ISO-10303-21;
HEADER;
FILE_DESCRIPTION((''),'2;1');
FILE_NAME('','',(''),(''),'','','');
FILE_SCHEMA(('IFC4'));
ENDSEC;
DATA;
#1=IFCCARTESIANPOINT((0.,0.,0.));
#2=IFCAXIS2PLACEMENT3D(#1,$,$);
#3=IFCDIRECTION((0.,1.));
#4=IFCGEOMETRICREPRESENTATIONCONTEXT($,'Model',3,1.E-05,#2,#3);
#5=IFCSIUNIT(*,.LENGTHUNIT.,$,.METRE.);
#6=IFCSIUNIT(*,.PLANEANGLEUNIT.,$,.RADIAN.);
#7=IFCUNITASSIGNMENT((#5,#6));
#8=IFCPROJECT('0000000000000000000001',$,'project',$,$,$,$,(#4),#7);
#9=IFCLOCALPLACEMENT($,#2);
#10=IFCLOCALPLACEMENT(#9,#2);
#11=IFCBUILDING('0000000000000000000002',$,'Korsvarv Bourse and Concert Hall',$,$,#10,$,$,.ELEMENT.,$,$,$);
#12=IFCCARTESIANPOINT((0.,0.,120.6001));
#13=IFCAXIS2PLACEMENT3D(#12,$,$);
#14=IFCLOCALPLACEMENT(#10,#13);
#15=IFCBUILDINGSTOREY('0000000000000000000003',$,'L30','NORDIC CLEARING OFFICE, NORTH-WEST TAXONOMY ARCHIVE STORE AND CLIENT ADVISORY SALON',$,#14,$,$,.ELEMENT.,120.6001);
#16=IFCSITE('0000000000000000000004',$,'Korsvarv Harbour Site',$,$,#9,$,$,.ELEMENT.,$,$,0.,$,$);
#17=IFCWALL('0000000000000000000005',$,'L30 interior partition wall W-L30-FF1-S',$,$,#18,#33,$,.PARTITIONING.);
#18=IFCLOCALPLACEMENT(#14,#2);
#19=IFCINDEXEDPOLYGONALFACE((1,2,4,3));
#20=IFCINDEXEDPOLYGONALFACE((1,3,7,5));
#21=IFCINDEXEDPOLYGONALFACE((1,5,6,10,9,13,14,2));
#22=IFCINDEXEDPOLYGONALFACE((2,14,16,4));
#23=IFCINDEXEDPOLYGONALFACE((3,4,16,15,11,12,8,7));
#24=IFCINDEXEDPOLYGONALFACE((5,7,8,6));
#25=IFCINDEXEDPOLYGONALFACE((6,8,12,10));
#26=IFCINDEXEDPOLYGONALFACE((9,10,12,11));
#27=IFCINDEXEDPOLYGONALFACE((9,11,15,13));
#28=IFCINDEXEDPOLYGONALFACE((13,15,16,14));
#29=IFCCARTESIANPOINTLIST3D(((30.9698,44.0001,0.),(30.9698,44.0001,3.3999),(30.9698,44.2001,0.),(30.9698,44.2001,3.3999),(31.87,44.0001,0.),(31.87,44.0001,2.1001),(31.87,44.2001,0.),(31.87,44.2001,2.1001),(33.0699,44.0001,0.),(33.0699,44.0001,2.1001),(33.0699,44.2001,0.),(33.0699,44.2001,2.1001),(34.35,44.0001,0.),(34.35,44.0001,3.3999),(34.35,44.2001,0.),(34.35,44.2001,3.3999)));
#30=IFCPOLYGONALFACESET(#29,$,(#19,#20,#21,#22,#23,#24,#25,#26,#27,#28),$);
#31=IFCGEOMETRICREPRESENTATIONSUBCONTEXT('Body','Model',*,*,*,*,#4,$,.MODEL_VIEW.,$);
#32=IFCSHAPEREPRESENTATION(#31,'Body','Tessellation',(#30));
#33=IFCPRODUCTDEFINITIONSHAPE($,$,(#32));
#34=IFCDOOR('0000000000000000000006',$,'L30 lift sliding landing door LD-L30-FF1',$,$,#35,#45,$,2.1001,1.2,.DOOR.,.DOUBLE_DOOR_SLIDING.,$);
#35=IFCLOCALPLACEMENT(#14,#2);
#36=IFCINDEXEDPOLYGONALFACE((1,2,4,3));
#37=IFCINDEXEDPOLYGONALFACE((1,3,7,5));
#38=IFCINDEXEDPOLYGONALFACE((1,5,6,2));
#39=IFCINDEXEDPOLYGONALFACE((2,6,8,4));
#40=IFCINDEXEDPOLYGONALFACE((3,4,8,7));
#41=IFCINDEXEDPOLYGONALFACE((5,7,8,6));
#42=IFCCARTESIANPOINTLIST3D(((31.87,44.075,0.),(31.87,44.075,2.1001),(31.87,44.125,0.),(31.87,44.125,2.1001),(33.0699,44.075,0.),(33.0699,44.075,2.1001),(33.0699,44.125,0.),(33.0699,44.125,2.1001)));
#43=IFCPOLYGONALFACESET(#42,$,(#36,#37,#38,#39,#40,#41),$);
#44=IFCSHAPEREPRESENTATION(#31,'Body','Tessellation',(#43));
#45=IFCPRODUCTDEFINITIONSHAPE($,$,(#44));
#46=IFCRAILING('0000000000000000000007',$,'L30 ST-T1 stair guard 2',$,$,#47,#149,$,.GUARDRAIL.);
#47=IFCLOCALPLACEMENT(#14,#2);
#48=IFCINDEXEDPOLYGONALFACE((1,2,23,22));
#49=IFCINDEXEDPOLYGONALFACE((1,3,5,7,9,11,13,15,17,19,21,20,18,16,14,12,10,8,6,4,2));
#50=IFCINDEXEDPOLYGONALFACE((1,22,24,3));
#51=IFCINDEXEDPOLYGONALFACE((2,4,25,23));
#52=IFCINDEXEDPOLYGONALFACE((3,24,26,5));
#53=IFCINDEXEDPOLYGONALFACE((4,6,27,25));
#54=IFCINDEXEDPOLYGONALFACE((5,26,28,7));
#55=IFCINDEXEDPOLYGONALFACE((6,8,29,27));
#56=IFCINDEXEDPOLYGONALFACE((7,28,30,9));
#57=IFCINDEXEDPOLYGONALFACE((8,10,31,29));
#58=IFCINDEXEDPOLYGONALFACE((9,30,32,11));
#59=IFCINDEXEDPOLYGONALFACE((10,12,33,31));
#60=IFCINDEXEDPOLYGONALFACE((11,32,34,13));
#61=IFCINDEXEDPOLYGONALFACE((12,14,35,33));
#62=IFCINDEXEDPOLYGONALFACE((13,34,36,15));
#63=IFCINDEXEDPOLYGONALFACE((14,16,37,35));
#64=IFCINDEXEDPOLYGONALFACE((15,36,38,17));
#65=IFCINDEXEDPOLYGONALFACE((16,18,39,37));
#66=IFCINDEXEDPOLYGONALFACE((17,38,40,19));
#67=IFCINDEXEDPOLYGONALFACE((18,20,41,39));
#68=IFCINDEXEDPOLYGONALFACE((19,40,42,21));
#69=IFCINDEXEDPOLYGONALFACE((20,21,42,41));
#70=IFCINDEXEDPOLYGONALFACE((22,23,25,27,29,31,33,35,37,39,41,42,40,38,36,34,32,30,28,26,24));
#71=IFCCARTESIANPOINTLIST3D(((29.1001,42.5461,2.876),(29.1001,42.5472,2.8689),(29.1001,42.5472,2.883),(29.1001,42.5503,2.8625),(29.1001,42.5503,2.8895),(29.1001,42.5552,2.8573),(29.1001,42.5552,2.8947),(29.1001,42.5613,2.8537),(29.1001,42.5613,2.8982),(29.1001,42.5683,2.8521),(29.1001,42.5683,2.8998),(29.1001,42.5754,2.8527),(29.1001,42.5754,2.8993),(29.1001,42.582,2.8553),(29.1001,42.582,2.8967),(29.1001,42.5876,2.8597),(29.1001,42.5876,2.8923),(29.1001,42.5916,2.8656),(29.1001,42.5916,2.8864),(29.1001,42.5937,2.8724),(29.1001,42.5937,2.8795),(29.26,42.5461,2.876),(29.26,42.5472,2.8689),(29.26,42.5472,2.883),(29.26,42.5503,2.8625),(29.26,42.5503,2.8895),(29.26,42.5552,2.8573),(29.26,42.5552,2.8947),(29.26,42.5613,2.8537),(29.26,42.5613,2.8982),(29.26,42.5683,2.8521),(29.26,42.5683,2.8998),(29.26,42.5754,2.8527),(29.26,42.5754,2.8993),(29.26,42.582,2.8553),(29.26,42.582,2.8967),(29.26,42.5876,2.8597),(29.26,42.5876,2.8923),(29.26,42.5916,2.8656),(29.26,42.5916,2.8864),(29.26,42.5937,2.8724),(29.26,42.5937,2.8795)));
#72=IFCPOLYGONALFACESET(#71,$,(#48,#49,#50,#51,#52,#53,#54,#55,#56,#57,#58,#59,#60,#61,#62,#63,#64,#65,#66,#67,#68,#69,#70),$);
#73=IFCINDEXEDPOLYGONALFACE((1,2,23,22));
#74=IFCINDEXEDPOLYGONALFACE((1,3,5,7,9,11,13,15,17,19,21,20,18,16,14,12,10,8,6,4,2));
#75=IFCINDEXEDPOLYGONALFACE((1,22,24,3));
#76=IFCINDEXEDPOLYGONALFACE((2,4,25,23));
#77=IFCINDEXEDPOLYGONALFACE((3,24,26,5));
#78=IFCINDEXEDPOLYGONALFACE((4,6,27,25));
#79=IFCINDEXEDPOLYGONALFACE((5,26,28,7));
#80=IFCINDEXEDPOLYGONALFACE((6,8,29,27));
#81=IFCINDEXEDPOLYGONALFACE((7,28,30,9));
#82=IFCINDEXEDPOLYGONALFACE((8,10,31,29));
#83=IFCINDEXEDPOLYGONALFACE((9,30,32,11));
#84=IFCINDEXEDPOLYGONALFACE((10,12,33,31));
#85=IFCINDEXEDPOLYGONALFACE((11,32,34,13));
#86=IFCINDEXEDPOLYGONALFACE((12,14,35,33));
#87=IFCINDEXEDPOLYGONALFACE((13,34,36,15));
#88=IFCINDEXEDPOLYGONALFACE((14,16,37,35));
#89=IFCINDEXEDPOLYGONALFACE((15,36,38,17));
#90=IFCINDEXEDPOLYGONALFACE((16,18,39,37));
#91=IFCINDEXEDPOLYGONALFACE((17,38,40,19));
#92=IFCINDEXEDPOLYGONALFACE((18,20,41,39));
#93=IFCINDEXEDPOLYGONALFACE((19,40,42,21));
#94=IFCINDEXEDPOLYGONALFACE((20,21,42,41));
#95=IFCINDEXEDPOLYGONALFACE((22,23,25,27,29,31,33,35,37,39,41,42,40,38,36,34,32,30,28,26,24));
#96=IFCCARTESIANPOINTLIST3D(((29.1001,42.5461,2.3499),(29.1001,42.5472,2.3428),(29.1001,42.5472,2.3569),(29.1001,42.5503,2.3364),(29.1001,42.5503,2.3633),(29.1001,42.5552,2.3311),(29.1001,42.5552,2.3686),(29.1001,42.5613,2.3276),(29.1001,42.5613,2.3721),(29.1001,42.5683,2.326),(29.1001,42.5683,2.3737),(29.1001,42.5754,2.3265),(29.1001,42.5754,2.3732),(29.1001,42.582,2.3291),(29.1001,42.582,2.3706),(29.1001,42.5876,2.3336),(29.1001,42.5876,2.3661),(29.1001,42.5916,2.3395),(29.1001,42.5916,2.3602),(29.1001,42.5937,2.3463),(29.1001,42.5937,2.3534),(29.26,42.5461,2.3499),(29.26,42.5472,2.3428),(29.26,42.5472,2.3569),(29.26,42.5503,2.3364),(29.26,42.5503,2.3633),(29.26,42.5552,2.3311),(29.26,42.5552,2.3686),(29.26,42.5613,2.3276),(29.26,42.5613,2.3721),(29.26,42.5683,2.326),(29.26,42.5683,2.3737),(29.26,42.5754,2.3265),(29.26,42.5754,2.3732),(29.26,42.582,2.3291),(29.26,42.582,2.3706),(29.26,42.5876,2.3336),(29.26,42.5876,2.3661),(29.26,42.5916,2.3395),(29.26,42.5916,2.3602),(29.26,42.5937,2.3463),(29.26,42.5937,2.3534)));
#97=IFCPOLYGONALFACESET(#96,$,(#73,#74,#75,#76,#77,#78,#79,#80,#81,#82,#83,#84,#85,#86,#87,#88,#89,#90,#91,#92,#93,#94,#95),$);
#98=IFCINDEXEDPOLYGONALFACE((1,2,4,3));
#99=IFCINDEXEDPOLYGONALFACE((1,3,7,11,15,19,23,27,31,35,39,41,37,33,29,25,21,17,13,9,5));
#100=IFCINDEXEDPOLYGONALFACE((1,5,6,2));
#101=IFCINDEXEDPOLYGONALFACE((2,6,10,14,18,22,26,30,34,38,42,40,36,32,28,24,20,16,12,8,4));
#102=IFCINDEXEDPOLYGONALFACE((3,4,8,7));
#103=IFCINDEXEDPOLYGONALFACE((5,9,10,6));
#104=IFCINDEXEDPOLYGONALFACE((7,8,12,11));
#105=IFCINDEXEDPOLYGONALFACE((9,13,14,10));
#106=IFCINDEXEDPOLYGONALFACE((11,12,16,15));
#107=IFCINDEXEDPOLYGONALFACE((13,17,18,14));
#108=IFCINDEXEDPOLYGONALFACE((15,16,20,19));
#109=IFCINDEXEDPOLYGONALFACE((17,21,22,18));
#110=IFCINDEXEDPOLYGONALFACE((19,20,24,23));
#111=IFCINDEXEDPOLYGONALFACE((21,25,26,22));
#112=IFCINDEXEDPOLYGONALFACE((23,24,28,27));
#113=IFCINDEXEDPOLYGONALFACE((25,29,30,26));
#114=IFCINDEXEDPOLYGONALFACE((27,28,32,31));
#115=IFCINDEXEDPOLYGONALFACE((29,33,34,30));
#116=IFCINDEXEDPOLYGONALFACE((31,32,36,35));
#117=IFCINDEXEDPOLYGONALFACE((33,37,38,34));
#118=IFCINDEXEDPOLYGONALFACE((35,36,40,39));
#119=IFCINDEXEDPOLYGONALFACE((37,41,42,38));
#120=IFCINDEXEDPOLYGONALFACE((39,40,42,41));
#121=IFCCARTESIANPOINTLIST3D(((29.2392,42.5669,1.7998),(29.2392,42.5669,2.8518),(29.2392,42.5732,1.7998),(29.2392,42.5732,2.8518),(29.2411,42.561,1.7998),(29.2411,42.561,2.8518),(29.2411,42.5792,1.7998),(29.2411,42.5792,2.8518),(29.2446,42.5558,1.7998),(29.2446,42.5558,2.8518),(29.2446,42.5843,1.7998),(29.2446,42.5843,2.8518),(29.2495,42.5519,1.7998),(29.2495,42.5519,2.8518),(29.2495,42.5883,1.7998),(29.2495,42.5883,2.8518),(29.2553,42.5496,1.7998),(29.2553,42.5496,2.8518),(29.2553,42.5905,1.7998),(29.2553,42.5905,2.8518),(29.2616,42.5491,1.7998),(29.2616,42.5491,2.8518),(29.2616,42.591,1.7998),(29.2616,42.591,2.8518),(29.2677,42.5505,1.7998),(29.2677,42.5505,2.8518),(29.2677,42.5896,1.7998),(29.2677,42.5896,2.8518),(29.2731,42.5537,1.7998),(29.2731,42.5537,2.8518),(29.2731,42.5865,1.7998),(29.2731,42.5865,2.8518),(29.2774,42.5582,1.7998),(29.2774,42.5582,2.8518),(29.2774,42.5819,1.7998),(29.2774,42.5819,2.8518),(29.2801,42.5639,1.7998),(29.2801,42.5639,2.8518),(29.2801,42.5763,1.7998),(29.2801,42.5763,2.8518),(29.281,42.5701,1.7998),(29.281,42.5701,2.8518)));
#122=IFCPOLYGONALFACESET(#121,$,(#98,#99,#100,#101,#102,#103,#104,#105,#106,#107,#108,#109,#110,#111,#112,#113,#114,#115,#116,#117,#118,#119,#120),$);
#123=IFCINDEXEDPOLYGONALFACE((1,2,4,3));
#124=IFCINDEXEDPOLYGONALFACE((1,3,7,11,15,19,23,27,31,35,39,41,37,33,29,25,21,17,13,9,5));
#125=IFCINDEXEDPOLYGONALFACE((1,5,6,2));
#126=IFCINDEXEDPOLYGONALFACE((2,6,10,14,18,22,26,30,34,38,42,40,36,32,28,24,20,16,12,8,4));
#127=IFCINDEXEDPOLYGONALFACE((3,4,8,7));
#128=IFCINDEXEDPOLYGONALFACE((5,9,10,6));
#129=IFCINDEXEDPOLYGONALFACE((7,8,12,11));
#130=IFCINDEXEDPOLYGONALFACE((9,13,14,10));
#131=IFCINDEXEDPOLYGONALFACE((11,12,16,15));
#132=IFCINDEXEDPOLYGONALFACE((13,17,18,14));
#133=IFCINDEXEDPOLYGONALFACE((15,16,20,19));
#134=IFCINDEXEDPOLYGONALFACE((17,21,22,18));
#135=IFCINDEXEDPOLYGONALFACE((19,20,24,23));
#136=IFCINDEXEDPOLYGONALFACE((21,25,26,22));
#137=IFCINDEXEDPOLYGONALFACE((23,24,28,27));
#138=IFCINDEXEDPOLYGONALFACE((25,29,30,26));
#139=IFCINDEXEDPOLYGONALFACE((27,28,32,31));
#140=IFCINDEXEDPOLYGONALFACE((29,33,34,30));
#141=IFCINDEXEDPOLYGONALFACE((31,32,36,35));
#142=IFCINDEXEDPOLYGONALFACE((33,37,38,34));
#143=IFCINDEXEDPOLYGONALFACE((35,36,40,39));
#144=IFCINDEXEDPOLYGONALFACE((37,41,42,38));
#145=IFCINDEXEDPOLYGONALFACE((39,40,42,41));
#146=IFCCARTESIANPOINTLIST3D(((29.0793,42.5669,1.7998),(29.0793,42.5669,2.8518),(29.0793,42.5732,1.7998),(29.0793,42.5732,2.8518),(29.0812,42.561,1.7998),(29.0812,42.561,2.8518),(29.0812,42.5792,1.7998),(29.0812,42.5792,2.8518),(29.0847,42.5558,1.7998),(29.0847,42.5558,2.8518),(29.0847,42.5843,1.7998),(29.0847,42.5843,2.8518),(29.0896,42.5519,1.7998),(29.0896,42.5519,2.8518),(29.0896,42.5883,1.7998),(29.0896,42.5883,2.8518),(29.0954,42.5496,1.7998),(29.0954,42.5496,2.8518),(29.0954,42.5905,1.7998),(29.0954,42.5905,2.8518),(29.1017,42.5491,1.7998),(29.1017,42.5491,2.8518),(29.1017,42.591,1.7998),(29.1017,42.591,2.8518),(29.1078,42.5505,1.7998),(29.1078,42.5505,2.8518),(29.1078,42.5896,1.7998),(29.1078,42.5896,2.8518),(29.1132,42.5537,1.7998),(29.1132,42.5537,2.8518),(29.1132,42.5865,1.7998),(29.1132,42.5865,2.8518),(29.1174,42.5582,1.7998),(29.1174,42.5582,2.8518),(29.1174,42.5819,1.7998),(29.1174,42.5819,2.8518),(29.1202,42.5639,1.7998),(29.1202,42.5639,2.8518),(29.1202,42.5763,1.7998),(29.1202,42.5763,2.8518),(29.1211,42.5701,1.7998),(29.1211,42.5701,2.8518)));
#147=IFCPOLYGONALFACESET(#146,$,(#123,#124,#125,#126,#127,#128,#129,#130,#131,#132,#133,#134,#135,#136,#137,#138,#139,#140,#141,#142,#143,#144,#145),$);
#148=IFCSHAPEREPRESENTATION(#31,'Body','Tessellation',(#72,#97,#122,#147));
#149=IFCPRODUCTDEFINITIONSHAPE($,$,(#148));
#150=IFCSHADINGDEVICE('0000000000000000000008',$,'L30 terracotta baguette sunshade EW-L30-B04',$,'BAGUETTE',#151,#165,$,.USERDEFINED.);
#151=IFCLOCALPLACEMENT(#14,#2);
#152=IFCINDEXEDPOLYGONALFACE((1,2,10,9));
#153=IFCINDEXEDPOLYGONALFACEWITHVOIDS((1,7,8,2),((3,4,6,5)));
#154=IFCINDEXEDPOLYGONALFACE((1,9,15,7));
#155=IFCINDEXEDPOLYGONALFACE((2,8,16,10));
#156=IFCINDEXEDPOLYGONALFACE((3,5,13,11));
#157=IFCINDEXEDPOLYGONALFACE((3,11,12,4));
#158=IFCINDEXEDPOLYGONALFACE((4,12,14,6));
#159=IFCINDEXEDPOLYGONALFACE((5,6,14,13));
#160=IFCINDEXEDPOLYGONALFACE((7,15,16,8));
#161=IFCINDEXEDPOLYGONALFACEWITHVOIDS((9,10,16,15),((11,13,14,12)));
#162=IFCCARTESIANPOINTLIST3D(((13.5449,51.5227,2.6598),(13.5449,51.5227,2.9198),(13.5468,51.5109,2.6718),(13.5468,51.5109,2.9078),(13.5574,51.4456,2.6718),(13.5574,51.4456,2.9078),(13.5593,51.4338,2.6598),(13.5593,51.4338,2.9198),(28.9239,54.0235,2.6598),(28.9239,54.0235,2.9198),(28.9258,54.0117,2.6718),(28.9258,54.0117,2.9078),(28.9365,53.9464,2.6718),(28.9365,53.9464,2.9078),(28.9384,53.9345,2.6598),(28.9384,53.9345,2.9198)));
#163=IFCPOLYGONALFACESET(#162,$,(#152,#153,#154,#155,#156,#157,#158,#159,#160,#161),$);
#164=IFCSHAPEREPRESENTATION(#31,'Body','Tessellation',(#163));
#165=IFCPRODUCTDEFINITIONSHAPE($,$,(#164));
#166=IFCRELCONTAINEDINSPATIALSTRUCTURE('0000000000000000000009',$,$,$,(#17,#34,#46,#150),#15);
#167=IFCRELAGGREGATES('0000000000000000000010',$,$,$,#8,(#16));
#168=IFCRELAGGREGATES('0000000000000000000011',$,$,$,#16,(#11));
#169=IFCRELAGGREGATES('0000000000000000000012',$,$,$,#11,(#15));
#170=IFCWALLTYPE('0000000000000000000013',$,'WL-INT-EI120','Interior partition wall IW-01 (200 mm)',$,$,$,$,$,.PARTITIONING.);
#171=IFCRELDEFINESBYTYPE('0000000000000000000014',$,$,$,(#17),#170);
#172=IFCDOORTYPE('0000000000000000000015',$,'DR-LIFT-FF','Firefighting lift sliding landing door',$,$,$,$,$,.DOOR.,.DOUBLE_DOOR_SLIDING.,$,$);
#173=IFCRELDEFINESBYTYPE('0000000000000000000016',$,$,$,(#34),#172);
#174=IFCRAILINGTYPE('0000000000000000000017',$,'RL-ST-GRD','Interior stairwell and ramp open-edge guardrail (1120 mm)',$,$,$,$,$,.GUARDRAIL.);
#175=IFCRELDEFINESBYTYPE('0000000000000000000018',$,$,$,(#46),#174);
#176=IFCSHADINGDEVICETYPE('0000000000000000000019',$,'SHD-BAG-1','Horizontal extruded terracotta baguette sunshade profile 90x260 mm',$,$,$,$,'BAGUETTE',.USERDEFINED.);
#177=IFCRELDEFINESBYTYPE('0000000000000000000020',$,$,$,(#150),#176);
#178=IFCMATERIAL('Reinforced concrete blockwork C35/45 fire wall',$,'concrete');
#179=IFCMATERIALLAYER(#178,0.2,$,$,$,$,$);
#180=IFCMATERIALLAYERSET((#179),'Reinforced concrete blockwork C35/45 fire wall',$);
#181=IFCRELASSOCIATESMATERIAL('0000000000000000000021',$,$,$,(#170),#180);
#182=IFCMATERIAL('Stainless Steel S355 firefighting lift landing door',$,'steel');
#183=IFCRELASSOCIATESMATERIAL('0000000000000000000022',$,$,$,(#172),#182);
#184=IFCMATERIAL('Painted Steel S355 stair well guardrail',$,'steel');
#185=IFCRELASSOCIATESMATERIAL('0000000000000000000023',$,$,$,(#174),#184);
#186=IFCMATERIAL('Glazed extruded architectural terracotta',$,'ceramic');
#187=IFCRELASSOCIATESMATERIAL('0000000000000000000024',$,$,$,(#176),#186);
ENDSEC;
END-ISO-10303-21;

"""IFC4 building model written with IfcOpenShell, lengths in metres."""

from ifc_helpers import new_model, si_unit, direction, frame, frame_2d, origin, origin_2d, place, context, subcontext, project, spatial, rectangle, hollow_rectangle, circle, extrude, source, transform, mapped, material, layer, layer_set, material_profile, profile_set, type_object, element, fill, save


model = new_model("IFC4")

# Units and contexts
model_context = context("Model", 3, precision=1e-05, world=origin(), true_north=direction((0.0, 1.0)))
body_context = subcontext(model_context, "Body", "Model", "MODEL_VIEW")
ifc_project = project(units=[si_unit("LENGTHUNIT", "METRE"), si_unit("PLANEANGLEUNIT", "RADIAN")], contexts=[model_context])

# Site, building, storey
site_placement = place(None, origin())
site = spatial("IfcSite", under=ifc_project, at=site_placement, Name="Korsvarv Harbour Site", CompositionType="ELEMENT", RefElevation=0.0)
building_placement = place(site_placement, origin())
building = spatial("IfcBuilding", under=site, at=building_placement, Name="Korsvarv Bourse and Concert Hall", CompositionType="ELEMENT")
storey_placement = place(building_placement, frame((0.0, 0.0, 120.6001)))
storey = spatial("IfcBuildingStorey", under=building, at=storey_placement, Name="L30", Description="NORDIC CLEARING OFFICE, NORTH-WEST TAXONOMY ARCHIVE STORE AND CLIENT ADVISORY SALON", CompositionType="ELEMENT", Elevation=120.6001)

# Wall, opening, door
ifc_material_1 = material(Name="Reinforced concrete blockwork C35/45 fire wall", Category="concrete")
ifc_layer_1 = layer(ifc_material_1, 0.2)
ifc_layer_set_1 = layer_set([ifc_layer_1], Name="Reinforced concrete blockwork C35/45 fire wall")
wall_type_1 = type_object("IfcWallType", Name="WL-INT-EI120", Description="Interior partition wall IW-01 (200 mm)", PredefinedType="PARTITIONING", material=ifc_layer_set_1)
wall_1_placement = place(storey_placement, frame((30.97, 44.1001, 0.0), z_axis=(0.0, 0.0, 1.0), x_axis=(1.0, 0.0, 0.0)))
wall_1 = element("IfcWall", 1, at=wall_1_placement, inside=storey, type_object=wall_type_1, Name="L30 interior partition wall W-L30-FF1-S", PredefinedType="PARTITIONING", context=body_context, shape_type="SweptSolid", body=[
    extrude(rectangle(XDim=3.3801, YDim=0.2, at=frame_2d((1.6899, 0.0))), origin(), (0.0, 0.0, 1.0), 3.3999),
])
opening_placement = place(wall_1_placement, frame((0.8999, 0.0, 0.0)))
opening = element("IfcOpeningElement", 2, at=opening_placement, cuts=wall_1, PredefinedType="OPENING", context=body_context, shape_type="SweptSolid", body=[
    extrude(rectangle(XDim=1.2, YDim=2.1001, at=frame_2d((0.6001, 1.05))), frame((0.0, 0.1099, 0.0), z_axis=(0.0, -1.0, 0.0), x_axis=(1.0, 0.0, 0.0)), (0.0, 0.0, 1.0), 0.22),
])
ifc_material_2 = material(Name="Stainless Steel S355 firefighting lift landing door", Category="steel")
door_type = type_object("IfcDoorType", Name="DR-LIFT-FF", Description="Firefighting lift sliding landing door", OperationType="DOUBLE_DOOR_SLIDING", PredefinedType="DOOR", material=ifc_material_2)
door_placement = place(opening_placement, origin())
door = element("IfcDoor", 3, at=door_placement, inside=storey, type_object=door_type, Name="L30 lift sliding landing door LD-L30-FF1", OperationType="DOUBLE_DOOR_SLIDING", OverallHeight=2.1001, OverallWidth=1.2, PredefinedType="DOOR", context=body_context, shape_type="SweptSolid", body=[
    extrude(rectangle(XDim=1.2, YDim=2.1001, at=frame_2d((0.6001, 1.05))), frame((0.0, 0.0249, 0.0), z_axis=(0.0, -1.0, 0.0), x_axis=(1.0, 0.0, 0.0)), (0.0, 0.0, 1.0), 0.05),
])
fill(opening, door)

# Railing
ifc_material_3 = material(Name="Painted Steel S355 stair well guardrail", Category="steel")
railing_type = type_object("IfcRailingType", Name="RL-ST-GRD", Description="Interior stairwell and ramp open-edge guardrail (1120 mm)", PredefinedType="GUARDRAIL", material=ifc_material_3)
railing_placement = place(storey_placement, frame((29.26, 42.5701, 1.7998)))
element("IfcRailing", 4, at=railing_placement, inside=storey, type_object=railing_type, Name="L30 ST-T1 stair guard 2", PredefinedType="GUARDRAIL", context=body_context, shape_type="SweptSolid", body=[
    extrude(circle(Radius=0.0239, at=origin_2d()), frame((0.0, 0.0, 1.0762), z_axis=(-1.0, 0.0, 0.0), x_axis=(0.0, -1.0, 0.0)), (0.0, 0.0, 1.0), 0.1599),
    extrude(circle(Radius=0.0239, at=origin_2d()), frame((0.0, 0.0, 0.55), z_axis=(-1.0, 0.0, 0.0), x_axis=(0.0, -1.0, 0.0)), (0.0, 0.0, 1.0), 0.1599),
    extrude(circle(Radius=0.021, at=origin_2d()), origin(), (0.0, 0.0, 1.0), 1.052),
    extrude(circle(Radius=0.021, at=origin_2d()), frame((-0.1599, 0.0, 0.0)), (0.0, 0.0, 1.0), 1.052),
])

# Shading device
ifc_material_4 = material(Name="Glazed extruded architectural terracotta", Category="ceramic")
ifc_material_profile_1 = material_profile(ifc_material_4, hollow_rectangle(XDim=0.0901, YDim=0.26, WallThickness=0.012, at=origin_2d()), Name="TC-BAG 90x260")
ifc_profile_set_1 = profile_set([ifc_material_profile_1], Name="Glazed extruded architectural terracotta")
shading_device_type = type_object("IfcShadingDeviceType", Name="SHD-BAG-1", Description="Horizontal extruded terracotta baguette sunshade profile 90x260 mm", ElementType="BAGUETTE", PredefinedType="USERDEFINED", material=ifc_profile_set_1)
shared_shape_1 = source(origin(), body_context, "Body", "SweptSolid", [
    extrude(hollow_rectangle(XDim=0.0901, YDim=0.26, WallThickness=0.012, at=origin_2d()), origin(), (0.0, 0.0, 1.0), 15.5811),
])
shading_device_placement = place(storey_placement, frame((28.9312, 53.979, 2.7898), z_axis=(-0.987036, -0.160497, 0.0), x_axis=(0.160497, -0.987036, 0.0)))
element("IfcShadingDevice", 5, at=shading_device_placement, inside=storey, type_object=shading_device_type, Name="L30 terracotta baguette sunshade EW-L30-B04", ObjectType="BAGUETTE", PredefinedType="USERDEFINED", context=body_context, shape_type="MappedRepresentation", body=[
    mapped(shared_shape_1, transform((0.0, 0.0, 0.0), scale=1.0)),
])

save(model, "model.ifc")
